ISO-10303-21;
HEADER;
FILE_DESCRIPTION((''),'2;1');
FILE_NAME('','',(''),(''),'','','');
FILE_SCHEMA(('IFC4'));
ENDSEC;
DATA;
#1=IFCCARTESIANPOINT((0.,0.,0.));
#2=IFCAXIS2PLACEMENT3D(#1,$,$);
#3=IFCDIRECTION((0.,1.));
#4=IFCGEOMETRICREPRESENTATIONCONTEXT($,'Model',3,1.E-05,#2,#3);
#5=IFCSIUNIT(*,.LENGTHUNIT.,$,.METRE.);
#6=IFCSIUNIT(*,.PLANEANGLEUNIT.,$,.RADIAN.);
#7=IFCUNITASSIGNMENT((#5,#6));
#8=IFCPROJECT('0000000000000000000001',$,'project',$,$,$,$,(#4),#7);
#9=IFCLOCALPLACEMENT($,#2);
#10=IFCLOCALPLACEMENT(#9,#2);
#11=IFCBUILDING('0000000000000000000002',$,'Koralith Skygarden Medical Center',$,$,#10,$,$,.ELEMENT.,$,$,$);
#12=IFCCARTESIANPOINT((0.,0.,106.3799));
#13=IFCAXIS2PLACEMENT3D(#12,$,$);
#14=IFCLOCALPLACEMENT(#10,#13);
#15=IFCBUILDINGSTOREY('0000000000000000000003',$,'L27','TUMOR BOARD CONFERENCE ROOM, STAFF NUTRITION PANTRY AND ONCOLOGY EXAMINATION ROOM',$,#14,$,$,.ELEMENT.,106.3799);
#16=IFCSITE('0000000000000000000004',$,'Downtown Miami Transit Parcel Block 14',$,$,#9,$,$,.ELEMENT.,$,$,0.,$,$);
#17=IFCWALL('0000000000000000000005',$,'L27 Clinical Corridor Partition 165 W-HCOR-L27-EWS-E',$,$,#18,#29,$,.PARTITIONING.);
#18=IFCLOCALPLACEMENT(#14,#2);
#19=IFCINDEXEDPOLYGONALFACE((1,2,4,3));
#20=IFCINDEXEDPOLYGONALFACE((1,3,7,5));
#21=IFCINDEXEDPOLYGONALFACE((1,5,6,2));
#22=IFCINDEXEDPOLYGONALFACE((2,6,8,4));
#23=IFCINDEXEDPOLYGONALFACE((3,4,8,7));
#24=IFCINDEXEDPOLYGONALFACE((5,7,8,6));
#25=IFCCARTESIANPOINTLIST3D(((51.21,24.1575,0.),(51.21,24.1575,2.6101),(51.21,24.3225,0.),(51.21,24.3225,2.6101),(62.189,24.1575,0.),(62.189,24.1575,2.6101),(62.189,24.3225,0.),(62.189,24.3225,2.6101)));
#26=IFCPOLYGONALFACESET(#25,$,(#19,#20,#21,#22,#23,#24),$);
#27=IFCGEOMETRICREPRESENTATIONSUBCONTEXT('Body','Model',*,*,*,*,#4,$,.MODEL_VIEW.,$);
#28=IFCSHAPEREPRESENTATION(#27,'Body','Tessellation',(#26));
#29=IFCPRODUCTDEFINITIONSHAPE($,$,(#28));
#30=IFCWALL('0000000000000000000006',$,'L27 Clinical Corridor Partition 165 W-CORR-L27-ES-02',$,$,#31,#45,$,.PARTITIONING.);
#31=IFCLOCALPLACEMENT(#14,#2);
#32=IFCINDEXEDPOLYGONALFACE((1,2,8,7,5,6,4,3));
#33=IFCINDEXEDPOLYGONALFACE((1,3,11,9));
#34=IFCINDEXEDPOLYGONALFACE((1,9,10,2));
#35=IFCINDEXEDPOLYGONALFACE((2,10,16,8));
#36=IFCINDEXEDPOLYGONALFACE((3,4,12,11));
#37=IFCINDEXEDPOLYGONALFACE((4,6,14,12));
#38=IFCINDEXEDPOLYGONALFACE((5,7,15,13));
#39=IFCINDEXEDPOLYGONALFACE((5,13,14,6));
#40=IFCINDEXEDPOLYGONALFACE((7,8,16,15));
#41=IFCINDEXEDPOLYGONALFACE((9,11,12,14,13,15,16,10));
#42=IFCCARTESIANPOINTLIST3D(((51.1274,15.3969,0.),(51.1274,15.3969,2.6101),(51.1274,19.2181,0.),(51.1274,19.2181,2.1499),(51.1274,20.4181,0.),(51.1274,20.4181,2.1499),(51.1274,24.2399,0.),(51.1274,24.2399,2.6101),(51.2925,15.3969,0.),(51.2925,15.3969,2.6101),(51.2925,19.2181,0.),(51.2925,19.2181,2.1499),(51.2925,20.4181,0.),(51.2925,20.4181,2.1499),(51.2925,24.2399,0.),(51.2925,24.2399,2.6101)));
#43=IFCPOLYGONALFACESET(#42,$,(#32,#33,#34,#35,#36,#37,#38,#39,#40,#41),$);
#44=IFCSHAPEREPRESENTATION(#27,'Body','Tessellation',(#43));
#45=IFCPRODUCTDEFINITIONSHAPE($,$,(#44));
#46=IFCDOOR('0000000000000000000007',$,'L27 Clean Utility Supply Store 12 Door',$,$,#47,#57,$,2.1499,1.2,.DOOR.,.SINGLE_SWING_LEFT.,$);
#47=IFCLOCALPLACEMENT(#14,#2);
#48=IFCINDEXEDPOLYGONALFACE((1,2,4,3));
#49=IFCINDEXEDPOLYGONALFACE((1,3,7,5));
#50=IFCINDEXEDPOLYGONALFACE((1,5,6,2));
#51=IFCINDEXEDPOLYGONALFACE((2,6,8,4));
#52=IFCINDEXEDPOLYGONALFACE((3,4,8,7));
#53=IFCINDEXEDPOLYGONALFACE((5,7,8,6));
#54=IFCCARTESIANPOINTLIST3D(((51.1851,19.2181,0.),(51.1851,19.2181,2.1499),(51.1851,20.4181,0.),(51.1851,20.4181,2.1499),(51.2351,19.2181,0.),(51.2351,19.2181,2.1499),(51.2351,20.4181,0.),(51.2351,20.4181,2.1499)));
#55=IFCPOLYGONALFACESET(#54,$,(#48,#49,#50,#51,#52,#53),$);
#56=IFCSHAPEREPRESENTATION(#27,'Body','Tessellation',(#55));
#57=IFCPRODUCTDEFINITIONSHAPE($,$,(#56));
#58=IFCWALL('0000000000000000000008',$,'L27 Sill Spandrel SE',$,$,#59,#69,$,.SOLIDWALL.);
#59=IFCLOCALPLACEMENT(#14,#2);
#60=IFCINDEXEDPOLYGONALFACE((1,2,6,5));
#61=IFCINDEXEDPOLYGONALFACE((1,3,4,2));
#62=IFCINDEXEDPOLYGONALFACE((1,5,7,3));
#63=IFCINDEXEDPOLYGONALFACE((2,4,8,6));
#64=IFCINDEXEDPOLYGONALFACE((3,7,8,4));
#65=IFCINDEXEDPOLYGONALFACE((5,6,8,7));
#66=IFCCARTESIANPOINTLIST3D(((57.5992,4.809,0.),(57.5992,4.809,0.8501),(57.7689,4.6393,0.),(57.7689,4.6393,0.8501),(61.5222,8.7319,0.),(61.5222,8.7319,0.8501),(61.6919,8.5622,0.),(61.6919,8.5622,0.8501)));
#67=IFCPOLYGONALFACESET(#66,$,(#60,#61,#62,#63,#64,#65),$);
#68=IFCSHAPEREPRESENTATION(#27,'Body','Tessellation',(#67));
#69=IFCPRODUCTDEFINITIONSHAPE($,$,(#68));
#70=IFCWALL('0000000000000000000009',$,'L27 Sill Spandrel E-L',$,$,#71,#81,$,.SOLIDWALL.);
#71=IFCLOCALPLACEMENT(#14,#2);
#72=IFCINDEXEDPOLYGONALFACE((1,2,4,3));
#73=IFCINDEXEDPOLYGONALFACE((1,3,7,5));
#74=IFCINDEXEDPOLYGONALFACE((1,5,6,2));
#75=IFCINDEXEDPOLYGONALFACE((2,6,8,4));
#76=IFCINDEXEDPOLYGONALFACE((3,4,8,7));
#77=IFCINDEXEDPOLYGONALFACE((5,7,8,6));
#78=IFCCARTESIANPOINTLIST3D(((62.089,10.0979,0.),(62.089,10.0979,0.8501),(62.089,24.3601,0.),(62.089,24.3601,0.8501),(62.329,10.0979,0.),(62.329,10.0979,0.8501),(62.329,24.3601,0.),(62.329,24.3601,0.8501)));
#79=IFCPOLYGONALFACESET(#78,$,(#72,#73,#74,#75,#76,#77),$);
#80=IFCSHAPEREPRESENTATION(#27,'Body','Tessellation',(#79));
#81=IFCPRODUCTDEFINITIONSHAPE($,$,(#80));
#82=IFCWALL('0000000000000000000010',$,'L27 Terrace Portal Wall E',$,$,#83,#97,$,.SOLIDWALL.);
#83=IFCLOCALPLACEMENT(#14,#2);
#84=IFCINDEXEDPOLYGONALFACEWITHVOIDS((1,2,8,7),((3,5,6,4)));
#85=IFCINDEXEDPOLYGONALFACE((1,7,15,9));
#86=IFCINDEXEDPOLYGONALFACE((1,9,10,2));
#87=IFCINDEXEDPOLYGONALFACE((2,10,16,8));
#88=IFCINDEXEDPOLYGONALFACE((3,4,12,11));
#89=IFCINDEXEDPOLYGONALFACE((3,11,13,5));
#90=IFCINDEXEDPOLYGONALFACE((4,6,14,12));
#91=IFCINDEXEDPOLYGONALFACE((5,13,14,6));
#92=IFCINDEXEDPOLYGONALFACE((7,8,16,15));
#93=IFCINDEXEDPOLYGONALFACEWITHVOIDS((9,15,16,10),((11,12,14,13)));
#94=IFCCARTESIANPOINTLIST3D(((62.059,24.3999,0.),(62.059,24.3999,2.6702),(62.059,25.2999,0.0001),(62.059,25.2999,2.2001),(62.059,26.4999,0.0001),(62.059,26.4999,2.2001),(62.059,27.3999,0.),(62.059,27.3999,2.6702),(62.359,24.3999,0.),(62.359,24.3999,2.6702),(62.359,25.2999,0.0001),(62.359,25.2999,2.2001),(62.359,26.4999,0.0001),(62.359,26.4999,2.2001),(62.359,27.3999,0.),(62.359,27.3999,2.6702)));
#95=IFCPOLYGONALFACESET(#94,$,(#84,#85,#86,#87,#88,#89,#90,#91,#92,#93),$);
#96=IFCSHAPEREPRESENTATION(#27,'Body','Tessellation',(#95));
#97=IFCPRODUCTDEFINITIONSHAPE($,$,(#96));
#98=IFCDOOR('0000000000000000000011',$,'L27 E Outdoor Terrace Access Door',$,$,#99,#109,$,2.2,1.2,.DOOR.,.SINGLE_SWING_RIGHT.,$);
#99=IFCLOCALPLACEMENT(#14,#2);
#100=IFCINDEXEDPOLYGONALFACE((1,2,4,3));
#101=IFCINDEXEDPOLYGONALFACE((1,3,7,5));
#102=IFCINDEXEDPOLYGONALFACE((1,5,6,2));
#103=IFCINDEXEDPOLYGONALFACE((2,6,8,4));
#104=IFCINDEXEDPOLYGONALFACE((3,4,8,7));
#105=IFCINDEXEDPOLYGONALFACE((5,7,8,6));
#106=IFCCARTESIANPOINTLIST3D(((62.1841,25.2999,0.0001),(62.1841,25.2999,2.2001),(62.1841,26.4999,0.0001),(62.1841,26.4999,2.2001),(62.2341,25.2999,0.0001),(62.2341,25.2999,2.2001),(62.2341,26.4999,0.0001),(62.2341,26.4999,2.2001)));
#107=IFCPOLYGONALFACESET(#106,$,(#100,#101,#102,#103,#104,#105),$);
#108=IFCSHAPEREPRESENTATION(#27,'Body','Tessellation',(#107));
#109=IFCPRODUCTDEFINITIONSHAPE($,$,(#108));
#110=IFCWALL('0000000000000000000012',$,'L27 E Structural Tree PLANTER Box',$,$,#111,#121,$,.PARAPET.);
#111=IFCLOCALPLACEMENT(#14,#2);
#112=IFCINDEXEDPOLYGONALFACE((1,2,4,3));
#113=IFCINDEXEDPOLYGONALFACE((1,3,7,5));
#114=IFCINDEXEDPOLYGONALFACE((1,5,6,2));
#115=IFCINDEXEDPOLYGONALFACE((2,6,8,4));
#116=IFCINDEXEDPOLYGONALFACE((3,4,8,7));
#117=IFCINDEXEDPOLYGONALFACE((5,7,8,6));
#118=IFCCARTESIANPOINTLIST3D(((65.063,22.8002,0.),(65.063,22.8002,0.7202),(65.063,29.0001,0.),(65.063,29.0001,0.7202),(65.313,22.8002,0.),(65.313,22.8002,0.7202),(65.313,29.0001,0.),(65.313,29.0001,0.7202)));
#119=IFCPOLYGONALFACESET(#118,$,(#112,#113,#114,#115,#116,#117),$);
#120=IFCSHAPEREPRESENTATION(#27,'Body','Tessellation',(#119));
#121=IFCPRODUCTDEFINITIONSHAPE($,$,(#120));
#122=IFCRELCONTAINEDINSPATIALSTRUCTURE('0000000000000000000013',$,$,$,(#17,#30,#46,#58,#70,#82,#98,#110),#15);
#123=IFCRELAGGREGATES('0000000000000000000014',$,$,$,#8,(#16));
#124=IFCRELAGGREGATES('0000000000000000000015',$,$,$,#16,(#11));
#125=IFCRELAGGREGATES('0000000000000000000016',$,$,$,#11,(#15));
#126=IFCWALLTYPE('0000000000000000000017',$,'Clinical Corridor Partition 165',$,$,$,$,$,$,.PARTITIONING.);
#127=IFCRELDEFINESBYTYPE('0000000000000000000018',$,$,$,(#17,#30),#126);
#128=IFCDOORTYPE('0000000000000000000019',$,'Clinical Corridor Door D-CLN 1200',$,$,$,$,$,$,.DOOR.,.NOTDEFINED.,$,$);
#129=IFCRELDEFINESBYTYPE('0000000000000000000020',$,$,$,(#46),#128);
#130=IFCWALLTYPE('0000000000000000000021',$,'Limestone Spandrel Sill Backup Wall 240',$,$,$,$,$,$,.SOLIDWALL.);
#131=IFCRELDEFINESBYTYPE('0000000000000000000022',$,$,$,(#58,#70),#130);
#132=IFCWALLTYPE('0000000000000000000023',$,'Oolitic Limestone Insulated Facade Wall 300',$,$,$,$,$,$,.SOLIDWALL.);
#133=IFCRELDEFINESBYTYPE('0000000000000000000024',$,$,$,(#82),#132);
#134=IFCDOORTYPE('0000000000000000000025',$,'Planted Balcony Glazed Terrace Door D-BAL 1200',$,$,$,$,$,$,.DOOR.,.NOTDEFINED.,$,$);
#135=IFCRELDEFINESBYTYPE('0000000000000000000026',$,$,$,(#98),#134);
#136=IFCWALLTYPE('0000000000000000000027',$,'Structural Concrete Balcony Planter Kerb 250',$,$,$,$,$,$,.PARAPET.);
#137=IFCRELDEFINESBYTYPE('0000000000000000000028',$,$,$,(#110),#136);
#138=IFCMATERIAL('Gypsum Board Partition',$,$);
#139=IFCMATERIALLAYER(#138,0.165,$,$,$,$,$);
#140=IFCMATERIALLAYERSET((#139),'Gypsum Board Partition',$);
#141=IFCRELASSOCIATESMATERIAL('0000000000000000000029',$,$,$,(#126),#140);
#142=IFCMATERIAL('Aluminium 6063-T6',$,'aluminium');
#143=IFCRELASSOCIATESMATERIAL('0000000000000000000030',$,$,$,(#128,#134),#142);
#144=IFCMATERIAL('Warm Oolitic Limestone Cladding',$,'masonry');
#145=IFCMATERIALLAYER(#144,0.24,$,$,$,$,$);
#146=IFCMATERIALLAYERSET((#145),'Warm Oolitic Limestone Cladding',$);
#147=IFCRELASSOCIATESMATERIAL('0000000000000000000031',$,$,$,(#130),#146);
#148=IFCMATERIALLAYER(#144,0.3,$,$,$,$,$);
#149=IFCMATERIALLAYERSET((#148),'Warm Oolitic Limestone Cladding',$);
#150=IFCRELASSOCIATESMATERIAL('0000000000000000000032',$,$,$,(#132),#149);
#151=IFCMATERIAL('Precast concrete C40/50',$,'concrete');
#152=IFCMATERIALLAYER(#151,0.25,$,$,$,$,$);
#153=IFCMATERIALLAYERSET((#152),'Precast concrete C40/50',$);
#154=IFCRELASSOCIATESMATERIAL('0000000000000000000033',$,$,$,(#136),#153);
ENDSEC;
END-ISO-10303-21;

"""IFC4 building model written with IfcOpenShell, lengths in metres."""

from ifc_helpers import new_model, si_unit, direction, frame, frame_2d, origin, place, context, subcontext, project, spatial, rectangle, extrude, material, layer, layer_set, type_object, element, fill, save


model = new_model("IFC4")

# Units and contexts
model_context = context("Model", 3, precision=1e-05, world=origin(), true_north=direction((0.0, 1.0)))
body_context = subcontext(model_context, "Body", "Model", "MODEL_VIEW")
ifc_project = project(units=[si_unit("LENGTHUNIT", "METRE"), si_unit("PLANEANGLEUNIT", "RADIAN")], contexts=[model_context])

# Site, building, storey
site_placement = place(None, origin())
site = spatial("IfcSite", under=ifc_project, at=site_placement, Name="Downtown Miami Transit Parcel Block 14", CompositionType="ELEMENT", RefElevation=0.0)
building_placement = place(site_placement, origin())
building = spatial("IfcBuilding", under=site, at=building_placement, Name="Koralith Skygarden Medical Center", CompositionType="ELEMENT")
storey_placement = place(building_placement, frame((0.0, 0.0, 106.3799)))
storey = spatial("IfcBuildingStorey", under=building, at=storey_placement, Name="L27", Description="TUMOR BOARD CONFERENCE ROOM, STAFF NUTRITION PANTRY AND ONCOLOGY EXAMINATION ROOM", CompositionType="ELEMENT", Elevation=106.3799)

# Shared definitions
ifc_material_1 = material(Name="Aluminium 6063-T6", Category="aluminium")

# Shared definitions
ifc_material_2 = material(Name="Warm Oolitic Limestone Cladding", Category="masonry")

# Wall
ifc_material_3 = material(Name="Gypsum Board Partition")
ifc_layer_1 = layer(ifc_material_3, 0.165)
ifc_layer_set_1 = layer_set([ifc_layer_1], Name="Gypsum Board Partition")
wall_type_1 = type_object("IfcWallType", Name="Clinical Corridor Partition 165", PredefinedType="PARTITIONING", material=ifc_layer_set_1)
wall_1_placement = place(storey_placement, frame((51.21, 24.24, 0.0), z_axis=(0.0, 0.0, 1.0), x_axis=(1.0, 0.0, 0.0)))
element("IfcWall", 1, at=wall_1_placement, inside=storey, type_object=wall_type_1, Name="L27 Clinical Corridor Partition 165 W-HCOR-L27-EWS-E", PredefinedType="PARTITIONING", context=body_context, shape_type="SweptSolid", body=[
    extrude(rectangle(XDim=10.979, YDim=0.165, at=frame_2d((5.4895, 0.0))), origin(), (0.0, 0.0, 1.0), 2.6101),
])

# Wall, opening, door
wall_2_placement = place(storey_placement, frame((51.21, 15.397, 0.0), z_axis=(0.0, 0.0, 1.0), x_axis=(0.0, 1.0, 0.0)))
wall_2 = element("IfcWall", 2, at=wall_2_placement, inside=storey, type_object=wall_type_1, Name="L27 Clinical Corridor Partition 165 W-CORR-L27-ES-02", PredefinedType="PARTITIONING", context=body_context, shape_type="SweptSolid", body=[
    extrude(rectangle(XDim=8.843, YDim=0.165, at=frame_2d((4.4214, 0.0))), origin(), (0.0, 0.0, 1.0), 2.6101),
])
opening_1_placement = place(wall_2_placement, frame((3.821, 0.0, 0.0)))
opening_1 = element("IfcOpeningElement", 3, at=opening_1_placement, cuts=wall_2, PredefinedType="OPENING", context=body_context, shape_type="SweptSolid", body=[
    extrude(rectangle(XDim=1.2, YDim=2.1499, at=frame_2d((0.6001, 1.075))), frame((0.0, 0.0925, 0.0), z_axis=(0.0, -1.0, 0.0), x_axis=(1.0, 0.0, 0.0)), (0.0, 0.0, 1.0), 0.1851),
])
door_type_1 = type_object("IfcDoorType", Name="Clinical Corridor Door D-CLN 1200", OperationType="NOTDEFINED", PredefinedType="DOOR", material=ifc_material_1)
door_1_placement = place(opening_1_placement, origin())
door_1 = element("IfcDoor", 4, at=door_1_placement, inside=storey, type_object=door_type_1, Name="L27 Clean Utility Supply Store 12 Door", OperationType="SINGLE_SWING_LEFT", OverallHeight=2.1499, OverallWidth=1.2, PredefinedType="DOOR", context=body_context, shape_type="SweptSolid", body=[
    extrude(rectangle(XDim=1.2, YDim=2.1499, at=frame_2d((0.6001, 1.075))), frame((0.0, 0.0249, 0.0), z_axis=(0.0, -1.0, 0.0), x_axis=(1.0, 0.0, 0.0)), (0.0, 0.0, 1.0), 0.05),
])
fill(opening_1, door_1)

# Walls
ifc_layer_2 = layer(ifc_material_2, 0.24)
ifc_layer_set_2 = layer_set([ifc_layer_2], Name="Warm Oolitic Limestone Cladding")
wall_type_2 = type_object("IfcWallType", Name="Limestone Spandrel Sill Backup Wall 240", PredefinedType="SOLIDWALL", material=ifc_layer_set_2)
wall_3_placement = place(storey_placement, frame((57.6841, 4.7241, 0.0), z_axis=(0.0, 0.0, 1.0), x_axis=(0.707107, 0.707107, 0.0)))
element("IfcWall", 5, at=wall_3_placement, inside=storey, type_object=wall_type_2, Name="L27 Sill Spandrel SE", PredefinedType="SOLIDWALL", context=body_context, shape_type="SweptSolid", body=[
    extrude(rectangle(XDim=5.5479, YDim=0.24, at=frame_2d((2.7739, 0.0))), origin(), (0.0, 0.0, 1.0), 0.8501),
])
wall_4_placement = place(storey_placement, frame((62.209, 10.0979, 0.0), z_axis=(0.0, 0.0, 1.0), x_axis=(0.0, 1.0, 0.0)))
element("IfcWall", 6, at=wall_4_placement, inside=storey, type_object=wall_type_2, Name="L27 Sill Spandrel E-L", PredefinedType="SOLIDWALL", context=body_context, shape_type="SweptSolid", body=[
    extrude(rectangle(XDim=14.2622, YDim=0.24, at=frame_2d((7.1311, 0.0))), origin(), (0.0, 0.0, 1.0), 0.8501),
])

# Wall, opening, door
ifc_layer_3 = layer(ifc_material_2, 0.3)
ifc_layer_set_3 = layer_set([ifc_layer_3], Name="Warm Oolitic Limestone Cladding")
wall_type_3 = type_object("IfcWallType", Name="Oolitic Limestone Insulated Facade Wall 300", PredefinedType="SOLIDWALL", material=ifc_layer_set_3)
wall_5_placement = place(storey_placement, frame((62.209, 24.3999, 0.0), z_axis=(0.0, 0.0, 1.0), x_axis=(0.0, 1.0, 0.0)))
wall_5 = element("IfcWall", 7, at=wall_5_placement, inside=storey, type_object=wall_type_3, Name="L27 Terrace Portal Wall E", PredefinedType="SOLIDWALL", context=body_context, shape_type="SweptSolid", body=[
    extrude(rectangle(XDim=3.0, YDim=0.3, at=frame_2d((1.5, 0.0))), origin(), (0.0, 0.0, 1.0), 2.6702),
])
opening_2_placement = place(wall_5_placement, frame((0.8999, 0.0, 0.0)))
opening_2 = element("IfcOpeningElement", 8, at=opening_2_placement, cuts=wall_5, PredefinedType="OPENING", context=body_context, shape_type="SweptSolid", body=[
    extrude(rectangle(XDim=1.2, YDim=2.2, at=frame_2d((0.6001, 1.1001))), frame((0.0, 0.1599, 0.0), z_axis=(0.0, -1.0, 0.0), x_axis=(1.0, 0.0, 0.0)), (0.0, 0.0, 1.0), 0.3201),
])
door_type_2 = type_object("IfcDoorType", Name="Planted Balcony Glazed Terrace Door D-BAL 1200", OperationType="NOTDEFINED", PredefinedType="DOOR", material=ifc_material_1)
door_2_placement = place(opening_2_placement, origin())
door_2 = element("IfcDoor", 9, at=door_2_placement, inside=storey, type_object=door_type_2, Name="L27 E Outdoor Terrace Access Door", OperationType="SINGLE_SWING_RIGHT", OverallHeight=2.2, OverallWidth=1.2, PredefinedType="DOOR", context=body_context, shape_type="SweptSolid", body=[
    extrude(rectangle(XDim=1.2, YDim=2.2, at=frame_2d((0.6001, 1.1001))), frame((0.0, 0.0249, 0.0), z_axis=(0.0, -1.0, 0.0), x_axis=(1.0, 0.0, 0.0)), (0.0, 0.0, 1.0), 0.05),
])
fill(opening_2, door_2)

# Wall
ifc_material_4 = material(Name="Precast concrete C40/50", Category="concrete")
ifc_layer_4 = layer(ifc_material_4, 0.25)
ifc_layer_set_4 = layer_set([ifc_layer_4], Name="Precast concrete C40/50")
wall_type_4 = type_object("IfcWallType", Name="Structural Concrete Balcony Planter Kerb 250", PredefinedType="PARAPET", material=ifc_layer_set_4)
wall_6_placement = place(storey_placement, frame((65.188, 22.8, 0.0), z_axis=(0.0, 0.0, 1.0), x_axis=(0.0, 1.0, 0.0)))
element("IfcWall", 10, at=wall_6_placement, inside=storey, type_object=wall_type_4, Name="L27 E Structural Tree PLANTER Box", PredefinedType="PARAPET", context=body_context, shape_type="SweptSolid", body=[
    extrude(rectangle(XDim=6.2, YDim=0.25, at=frame_2d((3.1001, 0.0))), origin(), (0.0, 0.0, 1.0), 0.7202),
])

save(model, "model.ifc")
